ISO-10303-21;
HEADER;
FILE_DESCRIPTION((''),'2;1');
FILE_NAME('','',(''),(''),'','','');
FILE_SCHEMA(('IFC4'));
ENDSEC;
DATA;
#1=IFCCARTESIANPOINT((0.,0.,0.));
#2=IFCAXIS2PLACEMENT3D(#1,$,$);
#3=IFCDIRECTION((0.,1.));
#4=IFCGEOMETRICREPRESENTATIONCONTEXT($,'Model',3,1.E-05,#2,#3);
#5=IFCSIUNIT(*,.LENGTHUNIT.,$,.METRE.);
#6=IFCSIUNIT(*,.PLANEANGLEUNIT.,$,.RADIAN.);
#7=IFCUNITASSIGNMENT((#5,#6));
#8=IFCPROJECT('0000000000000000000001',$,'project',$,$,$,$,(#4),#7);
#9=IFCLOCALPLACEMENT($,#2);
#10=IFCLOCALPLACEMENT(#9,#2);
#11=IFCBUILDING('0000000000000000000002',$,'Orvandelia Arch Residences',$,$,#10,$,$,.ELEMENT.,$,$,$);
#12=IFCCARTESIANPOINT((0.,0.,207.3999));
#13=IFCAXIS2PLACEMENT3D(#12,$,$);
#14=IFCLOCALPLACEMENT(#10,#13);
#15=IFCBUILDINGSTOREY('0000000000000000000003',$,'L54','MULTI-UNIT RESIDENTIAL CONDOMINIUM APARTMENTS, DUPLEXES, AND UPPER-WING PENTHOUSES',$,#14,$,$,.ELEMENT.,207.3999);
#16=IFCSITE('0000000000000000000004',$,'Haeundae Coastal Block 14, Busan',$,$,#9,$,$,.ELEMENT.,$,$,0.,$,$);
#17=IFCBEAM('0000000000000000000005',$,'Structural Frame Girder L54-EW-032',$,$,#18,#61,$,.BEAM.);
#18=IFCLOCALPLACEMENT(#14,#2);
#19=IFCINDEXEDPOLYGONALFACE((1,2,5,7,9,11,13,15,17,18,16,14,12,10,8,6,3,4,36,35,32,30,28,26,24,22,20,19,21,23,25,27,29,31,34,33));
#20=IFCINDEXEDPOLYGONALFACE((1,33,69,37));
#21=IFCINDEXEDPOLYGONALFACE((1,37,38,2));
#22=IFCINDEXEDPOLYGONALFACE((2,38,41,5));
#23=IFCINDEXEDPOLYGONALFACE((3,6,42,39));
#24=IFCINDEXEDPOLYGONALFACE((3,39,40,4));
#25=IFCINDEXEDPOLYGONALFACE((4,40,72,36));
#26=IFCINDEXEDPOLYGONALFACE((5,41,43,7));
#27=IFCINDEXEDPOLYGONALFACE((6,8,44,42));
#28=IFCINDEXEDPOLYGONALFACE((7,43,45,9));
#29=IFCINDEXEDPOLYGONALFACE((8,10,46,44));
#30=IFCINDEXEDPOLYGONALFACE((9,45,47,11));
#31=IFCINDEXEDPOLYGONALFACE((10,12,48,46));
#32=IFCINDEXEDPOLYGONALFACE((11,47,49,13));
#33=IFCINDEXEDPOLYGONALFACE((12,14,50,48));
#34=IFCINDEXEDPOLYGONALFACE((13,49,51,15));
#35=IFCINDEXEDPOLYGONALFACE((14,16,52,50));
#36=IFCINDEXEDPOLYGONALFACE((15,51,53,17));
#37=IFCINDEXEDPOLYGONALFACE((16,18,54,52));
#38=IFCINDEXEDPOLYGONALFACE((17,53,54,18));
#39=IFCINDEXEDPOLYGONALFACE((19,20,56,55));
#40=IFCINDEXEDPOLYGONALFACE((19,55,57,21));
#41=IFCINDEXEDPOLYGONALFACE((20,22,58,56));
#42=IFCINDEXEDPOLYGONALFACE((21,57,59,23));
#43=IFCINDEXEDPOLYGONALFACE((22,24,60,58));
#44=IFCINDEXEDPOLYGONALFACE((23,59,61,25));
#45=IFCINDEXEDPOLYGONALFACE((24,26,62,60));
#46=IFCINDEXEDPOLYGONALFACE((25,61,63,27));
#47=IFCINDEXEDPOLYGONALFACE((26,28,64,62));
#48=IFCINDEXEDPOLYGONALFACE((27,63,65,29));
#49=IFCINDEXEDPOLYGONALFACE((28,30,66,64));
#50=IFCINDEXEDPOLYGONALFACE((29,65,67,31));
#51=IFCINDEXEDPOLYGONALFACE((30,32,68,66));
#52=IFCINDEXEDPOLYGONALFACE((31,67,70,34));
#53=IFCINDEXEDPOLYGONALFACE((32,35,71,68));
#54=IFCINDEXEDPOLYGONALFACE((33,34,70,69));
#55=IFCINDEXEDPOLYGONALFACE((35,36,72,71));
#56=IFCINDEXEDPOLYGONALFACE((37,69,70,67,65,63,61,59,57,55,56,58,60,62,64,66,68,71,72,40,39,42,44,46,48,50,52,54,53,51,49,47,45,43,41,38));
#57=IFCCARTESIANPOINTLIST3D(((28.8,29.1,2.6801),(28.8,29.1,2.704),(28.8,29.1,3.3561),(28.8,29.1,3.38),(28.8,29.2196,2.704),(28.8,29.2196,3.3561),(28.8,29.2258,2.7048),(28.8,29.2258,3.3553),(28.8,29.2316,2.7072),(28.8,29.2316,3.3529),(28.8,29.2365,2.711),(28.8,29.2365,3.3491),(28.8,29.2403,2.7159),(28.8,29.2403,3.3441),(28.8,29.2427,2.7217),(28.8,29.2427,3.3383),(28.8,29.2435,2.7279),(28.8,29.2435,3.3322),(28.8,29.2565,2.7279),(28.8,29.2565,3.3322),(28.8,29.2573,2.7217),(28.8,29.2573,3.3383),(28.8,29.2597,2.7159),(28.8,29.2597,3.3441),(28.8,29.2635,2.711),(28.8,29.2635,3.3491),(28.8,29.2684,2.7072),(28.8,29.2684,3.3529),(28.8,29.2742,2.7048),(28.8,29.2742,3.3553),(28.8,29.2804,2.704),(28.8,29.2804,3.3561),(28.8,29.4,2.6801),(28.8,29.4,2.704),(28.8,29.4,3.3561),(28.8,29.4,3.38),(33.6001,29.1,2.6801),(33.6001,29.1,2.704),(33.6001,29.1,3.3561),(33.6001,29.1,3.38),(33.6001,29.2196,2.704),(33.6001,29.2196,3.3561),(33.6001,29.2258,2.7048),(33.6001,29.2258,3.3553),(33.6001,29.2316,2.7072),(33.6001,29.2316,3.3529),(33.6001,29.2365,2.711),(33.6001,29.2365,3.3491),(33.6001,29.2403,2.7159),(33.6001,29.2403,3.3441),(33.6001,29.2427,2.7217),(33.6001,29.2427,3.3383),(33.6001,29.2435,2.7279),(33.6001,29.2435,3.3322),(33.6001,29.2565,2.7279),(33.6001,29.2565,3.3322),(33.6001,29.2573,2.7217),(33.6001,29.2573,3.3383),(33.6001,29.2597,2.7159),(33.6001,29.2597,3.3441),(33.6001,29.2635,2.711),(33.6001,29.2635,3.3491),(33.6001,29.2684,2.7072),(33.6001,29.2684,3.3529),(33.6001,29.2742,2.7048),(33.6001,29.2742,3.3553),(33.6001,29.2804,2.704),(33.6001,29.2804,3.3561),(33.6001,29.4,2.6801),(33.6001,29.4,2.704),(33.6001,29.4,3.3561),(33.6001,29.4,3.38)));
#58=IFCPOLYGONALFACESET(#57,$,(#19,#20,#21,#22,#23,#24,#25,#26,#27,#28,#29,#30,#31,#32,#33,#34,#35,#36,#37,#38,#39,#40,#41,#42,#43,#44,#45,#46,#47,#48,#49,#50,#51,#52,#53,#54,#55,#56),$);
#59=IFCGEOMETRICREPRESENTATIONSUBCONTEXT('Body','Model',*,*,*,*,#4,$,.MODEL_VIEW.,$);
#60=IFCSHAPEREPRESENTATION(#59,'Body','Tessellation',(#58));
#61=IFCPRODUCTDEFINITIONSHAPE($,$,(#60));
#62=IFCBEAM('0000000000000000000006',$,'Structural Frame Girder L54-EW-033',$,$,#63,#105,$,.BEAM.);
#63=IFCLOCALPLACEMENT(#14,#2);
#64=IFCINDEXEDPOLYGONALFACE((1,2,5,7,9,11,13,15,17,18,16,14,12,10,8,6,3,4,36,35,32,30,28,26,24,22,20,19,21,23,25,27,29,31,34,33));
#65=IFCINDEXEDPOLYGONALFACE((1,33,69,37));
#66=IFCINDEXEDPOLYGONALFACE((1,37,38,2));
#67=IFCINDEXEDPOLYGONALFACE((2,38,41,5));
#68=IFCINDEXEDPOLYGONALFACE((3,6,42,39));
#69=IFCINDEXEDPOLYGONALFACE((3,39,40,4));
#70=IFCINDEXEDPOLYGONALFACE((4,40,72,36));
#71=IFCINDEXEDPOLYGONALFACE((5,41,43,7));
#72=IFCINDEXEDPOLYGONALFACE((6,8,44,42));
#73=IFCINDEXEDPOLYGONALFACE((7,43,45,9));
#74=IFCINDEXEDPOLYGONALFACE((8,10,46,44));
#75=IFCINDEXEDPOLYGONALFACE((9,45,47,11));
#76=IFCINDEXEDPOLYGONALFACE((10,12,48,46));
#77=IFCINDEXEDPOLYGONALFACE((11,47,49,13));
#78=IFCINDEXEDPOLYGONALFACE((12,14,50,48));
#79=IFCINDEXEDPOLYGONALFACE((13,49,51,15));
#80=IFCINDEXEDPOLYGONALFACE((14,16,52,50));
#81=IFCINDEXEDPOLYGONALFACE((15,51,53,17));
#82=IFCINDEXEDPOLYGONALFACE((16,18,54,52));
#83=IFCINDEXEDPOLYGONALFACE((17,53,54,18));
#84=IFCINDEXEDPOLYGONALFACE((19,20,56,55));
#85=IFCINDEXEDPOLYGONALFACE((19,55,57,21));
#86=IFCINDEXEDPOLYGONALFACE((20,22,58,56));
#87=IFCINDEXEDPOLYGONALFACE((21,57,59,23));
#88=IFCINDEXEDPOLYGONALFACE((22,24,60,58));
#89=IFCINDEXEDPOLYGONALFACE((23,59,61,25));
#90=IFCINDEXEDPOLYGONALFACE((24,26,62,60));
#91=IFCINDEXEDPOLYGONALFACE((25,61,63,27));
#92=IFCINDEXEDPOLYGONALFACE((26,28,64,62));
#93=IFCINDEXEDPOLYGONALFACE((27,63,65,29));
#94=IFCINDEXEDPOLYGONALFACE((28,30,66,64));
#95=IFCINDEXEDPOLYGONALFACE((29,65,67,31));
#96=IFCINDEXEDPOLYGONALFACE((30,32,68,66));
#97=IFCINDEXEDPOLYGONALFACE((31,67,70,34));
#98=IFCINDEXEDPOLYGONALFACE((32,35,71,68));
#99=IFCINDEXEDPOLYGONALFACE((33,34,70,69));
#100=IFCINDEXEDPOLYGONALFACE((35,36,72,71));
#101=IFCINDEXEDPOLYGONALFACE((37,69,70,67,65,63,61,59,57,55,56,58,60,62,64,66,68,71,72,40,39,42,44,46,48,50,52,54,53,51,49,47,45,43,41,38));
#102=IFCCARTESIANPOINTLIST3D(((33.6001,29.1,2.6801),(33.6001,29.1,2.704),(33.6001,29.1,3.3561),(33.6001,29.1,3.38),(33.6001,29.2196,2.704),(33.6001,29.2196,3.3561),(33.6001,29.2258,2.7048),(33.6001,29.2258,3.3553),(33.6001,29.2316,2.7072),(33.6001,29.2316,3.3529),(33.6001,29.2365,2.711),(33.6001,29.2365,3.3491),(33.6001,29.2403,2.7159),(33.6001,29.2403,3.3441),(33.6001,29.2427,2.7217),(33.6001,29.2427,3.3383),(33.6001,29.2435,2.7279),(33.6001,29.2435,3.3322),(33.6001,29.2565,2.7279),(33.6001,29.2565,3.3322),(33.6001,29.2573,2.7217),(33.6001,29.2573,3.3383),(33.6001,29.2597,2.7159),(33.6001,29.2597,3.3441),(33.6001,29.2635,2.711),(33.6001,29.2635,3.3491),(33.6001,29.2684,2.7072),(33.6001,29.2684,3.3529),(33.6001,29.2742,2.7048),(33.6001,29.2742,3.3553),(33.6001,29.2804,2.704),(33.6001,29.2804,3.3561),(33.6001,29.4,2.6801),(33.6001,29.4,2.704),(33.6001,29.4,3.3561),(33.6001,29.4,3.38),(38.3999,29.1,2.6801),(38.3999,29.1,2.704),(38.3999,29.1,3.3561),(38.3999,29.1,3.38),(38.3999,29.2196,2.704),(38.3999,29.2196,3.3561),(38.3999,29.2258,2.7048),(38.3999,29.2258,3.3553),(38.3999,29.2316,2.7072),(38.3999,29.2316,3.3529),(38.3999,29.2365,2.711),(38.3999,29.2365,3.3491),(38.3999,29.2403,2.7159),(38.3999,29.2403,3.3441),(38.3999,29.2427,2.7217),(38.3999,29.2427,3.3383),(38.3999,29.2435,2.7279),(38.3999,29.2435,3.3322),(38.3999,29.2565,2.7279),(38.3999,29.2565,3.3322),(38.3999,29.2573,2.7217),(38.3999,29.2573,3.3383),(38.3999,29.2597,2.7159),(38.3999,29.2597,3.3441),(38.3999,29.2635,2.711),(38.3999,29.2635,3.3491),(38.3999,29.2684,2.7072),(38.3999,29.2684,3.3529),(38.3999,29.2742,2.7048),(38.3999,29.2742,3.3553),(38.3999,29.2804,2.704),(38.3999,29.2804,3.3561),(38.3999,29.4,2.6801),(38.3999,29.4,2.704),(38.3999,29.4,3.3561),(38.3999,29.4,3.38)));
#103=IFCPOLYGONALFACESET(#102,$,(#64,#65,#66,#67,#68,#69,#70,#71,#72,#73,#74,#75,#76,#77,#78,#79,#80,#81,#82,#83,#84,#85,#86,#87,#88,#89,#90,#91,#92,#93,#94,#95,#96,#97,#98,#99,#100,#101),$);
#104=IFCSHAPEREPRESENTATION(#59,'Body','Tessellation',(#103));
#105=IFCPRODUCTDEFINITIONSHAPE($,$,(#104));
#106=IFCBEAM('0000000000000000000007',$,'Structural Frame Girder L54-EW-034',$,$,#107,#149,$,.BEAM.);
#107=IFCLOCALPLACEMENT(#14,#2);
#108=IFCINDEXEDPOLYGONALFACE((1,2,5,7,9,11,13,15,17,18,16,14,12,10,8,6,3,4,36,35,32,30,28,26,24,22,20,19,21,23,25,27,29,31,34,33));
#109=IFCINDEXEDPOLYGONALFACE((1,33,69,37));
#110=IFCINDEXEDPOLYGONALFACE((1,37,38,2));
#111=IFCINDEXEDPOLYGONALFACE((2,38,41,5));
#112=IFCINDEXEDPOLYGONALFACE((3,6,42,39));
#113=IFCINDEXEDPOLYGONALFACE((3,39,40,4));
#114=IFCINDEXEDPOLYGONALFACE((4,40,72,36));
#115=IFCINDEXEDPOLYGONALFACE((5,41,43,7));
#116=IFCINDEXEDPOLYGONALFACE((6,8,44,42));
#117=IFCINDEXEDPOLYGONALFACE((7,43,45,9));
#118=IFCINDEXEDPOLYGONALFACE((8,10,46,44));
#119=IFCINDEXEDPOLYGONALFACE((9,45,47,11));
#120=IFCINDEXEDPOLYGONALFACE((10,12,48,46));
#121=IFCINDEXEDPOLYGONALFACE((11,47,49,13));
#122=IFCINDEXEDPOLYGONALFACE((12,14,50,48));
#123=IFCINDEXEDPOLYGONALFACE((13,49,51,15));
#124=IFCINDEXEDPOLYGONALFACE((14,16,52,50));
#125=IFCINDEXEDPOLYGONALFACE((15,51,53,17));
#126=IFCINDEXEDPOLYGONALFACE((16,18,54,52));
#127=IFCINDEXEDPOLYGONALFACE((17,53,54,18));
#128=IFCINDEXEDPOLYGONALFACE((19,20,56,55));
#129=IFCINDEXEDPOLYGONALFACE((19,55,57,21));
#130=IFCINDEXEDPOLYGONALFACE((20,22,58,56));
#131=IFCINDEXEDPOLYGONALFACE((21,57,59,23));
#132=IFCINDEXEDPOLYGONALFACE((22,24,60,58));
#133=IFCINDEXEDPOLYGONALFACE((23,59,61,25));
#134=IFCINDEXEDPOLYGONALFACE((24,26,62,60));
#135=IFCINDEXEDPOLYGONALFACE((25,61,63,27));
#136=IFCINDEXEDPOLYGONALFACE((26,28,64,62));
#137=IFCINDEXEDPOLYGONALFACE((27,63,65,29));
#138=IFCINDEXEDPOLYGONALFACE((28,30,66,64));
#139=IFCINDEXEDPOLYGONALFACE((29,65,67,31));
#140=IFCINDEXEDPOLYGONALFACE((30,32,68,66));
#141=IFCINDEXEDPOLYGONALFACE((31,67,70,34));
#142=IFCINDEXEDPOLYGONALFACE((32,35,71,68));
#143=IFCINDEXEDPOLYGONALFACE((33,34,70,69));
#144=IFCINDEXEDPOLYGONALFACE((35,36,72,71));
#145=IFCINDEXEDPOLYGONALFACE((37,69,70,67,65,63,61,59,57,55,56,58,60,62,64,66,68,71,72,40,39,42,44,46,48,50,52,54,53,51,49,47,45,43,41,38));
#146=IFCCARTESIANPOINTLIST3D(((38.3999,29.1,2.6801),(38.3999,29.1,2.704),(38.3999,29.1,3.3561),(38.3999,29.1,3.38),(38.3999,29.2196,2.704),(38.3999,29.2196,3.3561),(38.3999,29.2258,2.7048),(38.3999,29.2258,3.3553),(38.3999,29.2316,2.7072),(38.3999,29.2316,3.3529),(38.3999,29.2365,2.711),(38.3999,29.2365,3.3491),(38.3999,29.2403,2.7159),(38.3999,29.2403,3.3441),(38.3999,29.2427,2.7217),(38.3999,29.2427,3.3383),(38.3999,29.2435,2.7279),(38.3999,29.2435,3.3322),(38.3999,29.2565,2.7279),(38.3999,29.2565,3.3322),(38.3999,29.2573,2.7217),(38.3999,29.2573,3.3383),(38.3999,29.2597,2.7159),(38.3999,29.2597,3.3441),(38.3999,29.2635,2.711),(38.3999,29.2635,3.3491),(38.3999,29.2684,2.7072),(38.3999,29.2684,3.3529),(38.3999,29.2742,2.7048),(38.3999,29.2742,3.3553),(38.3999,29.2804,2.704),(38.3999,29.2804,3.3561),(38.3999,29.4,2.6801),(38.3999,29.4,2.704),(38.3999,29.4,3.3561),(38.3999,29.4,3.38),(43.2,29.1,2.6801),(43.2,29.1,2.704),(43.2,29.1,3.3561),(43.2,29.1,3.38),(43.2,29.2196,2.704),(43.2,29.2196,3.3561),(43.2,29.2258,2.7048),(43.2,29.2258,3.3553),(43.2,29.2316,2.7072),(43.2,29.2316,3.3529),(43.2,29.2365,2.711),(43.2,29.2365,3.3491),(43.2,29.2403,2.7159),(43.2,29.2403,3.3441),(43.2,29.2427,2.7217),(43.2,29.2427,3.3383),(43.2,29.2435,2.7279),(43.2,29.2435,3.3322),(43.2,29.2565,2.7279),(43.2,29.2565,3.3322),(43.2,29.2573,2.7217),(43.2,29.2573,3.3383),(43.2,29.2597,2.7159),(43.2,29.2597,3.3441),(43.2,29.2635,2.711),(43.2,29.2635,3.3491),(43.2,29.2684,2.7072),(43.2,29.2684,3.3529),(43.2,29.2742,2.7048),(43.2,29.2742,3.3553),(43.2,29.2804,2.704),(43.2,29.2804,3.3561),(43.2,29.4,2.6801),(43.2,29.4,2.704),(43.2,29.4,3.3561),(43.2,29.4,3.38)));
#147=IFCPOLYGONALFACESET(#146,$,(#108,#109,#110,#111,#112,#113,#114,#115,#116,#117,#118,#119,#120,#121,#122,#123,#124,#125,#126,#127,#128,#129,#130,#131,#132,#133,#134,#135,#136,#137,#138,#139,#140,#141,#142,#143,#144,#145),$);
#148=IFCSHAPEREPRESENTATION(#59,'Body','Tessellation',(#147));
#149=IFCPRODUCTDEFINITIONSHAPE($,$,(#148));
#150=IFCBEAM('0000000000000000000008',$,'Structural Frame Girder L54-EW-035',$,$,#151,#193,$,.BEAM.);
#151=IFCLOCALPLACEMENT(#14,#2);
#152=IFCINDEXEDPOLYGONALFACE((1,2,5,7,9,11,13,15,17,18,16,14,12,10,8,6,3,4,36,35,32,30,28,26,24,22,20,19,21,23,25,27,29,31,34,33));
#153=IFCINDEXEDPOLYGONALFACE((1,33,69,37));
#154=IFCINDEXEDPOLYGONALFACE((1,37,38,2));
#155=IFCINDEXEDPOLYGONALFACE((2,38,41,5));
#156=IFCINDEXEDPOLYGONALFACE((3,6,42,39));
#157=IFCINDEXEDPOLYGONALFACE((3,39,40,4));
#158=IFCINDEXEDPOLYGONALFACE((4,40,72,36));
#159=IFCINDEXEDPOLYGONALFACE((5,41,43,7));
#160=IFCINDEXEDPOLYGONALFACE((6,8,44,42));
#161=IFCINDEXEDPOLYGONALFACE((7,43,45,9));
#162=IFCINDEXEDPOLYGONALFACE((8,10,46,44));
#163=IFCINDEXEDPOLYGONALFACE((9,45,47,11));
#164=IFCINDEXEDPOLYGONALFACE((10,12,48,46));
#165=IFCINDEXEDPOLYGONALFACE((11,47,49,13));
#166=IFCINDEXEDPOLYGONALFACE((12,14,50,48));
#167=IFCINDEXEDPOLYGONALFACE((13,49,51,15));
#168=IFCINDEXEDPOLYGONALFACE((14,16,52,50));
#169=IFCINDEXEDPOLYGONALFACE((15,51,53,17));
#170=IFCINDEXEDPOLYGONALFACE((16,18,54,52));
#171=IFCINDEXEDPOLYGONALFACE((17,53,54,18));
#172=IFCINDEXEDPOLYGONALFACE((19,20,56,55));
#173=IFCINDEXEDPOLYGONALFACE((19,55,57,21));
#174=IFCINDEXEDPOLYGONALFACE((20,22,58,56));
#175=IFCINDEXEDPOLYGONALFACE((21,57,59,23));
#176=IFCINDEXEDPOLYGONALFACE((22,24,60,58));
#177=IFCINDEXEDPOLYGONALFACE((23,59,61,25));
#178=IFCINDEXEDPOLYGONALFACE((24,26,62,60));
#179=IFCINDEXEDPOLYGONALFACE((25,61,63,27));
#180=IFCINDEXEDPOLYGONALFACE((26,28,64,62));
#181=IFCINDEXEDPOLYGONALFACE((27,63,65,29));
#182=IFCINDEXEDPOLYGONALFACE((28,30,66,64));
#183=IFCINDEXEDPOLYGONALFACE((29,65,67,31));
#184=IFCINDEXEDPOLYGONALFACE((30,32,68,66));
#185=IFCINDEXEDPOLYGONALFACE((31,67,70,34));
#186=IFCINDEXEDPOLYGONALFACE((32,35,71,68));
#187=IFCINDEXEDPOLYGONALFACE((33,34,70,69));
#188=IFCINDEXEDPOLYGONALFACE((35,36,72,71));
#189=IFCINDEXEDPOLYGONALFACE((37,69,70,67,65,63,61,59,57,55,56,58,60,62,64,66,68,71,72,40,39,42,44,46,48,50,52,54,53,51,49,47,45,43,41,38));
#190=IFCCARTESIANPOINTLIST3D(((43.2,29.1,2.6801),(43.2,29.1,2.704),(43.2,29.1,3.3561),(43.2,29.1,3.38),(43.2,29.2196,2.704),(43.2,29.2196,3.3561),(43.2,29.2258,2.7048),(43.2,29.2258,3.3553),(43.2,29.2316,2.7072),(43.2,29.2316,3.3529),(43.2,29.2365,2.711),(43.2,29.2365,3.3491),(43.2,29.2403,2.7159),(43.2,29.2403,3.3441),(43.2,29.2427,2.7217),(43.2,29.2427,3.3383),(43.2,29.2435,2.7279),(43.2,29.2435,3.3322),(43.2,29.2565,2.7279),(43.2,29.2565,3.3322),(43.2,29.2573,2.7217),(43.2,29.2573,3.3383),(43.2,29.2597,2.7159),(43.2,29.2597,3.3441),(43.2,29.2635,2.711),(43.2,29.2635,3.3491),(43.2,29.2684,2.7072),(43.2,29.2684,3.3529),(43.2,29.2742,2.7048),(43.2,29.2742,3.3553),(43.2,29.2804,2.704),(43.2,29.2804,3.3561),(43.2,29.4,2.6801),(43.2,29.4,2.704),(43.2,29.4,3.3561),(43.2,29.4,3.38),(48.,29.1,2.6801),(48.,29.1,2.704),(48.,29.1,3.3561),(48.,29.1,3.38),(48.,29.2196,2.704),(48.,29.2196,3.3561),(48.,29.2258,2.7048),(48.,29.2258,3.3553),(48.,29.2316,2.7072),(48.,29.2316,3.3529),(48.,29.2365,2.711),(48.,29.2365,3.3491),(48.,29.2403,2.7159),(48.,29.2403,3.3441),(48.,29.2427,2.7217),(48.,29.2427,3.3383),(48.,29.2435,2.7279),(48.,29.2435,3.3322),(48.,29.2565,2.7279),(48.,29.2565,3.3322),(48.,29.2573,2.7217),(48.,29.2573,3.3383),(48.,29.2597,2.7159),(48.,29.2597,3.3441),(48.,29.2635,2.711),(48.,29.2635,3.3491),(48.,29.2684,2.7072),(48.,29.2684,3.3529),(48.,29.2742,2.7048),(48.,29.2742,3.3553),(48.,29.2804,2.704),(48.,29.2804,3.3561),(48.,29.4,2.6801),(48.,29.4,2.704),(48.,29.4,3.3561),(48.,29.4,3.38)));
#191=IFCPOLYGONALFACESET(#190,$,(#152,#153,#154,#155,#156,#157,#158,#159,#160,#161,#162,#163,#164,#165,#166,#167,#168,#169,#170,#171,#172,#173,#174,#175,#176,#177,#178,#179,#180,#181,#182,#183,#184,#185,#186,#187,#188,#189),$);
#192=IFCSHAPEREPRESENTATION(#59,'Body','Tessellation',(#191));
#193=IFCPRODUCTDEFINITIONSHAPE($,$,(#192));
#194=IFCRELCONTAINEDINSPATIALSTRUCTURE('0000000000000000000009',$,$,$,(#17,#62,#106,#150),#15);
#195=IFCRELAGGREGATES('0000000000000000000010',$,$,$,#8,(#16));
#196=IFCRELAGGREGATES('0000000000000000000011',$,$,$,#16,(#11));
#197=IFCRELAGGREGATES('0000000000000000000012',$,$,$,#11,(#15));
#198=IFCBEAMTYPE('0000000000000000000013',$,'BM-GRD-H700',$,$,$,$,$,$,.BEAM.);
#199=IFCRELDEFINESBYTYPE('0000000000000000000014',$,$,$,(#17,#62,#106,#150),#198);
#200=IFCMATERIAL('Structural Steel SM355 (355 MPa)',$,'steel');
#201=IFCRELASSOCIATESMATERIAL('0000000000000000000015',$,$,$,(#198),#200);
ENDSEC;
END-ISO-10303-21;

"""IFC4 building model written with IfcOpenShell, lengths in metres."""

from ifc_helpers import new_model, si_unit, direction, frame, origin, origin_2d, place, context, subcontext, project, spatial, i_section, extrude, material, material_profile, profile_set, type_object, element, save


model = new_model("IFC4")

# Units and contexts
model_context = context("Model", 3, precision=1e-05, world=origin(), true_north=direction((0.0, 1.0)))
body_context = subcontext(model_context, "Body", "Model", "MODEL_VIEW")
ifc_project = project(units=[si_unit("LENGTHUNIT", "METRE"), si_unit("PLANEANGLEUNIT", "RADIAN")], contexts=[model_context])

# Site, building, storey
site_placement = place(None, origin())
site = spatial("IfcSite", under=ifc_project, at=site_placement, Name="Haeundae Coastal Block 14, Busan", CompositionType="ELEMENT", RefElevation=0.0)
building_placement = place(site_placement, origin())
building = spatial("IfcBuilding", under=site, at=building_placement, Name="Orvandelia Arch Residences", CompositionType="ELEMENT")
storey_placement = place(building_placement, frame((0.0, 0.0, 207.3999)))
storey = spatial("IfcBuildingStorey", under=building, at=storey_placement, Name="L54", Description="MULTI-UNIT RESIDENTIAL CONDOMINIUM APARTMENTS, DUPLEXES, AND UPPER-WING PENTHOUSES", CompositionType="ELEMENT", Elevation=207.3999)

# Beams
ifc_material_1 = material(Name="Structural Steel SM355 (355 MPa)", Category="steel")
ifc_material_profile_1 = material_profile(ifc_material_1, i_section(OverallWidth=0.3, OverallDepth=0.7, WebThickness=0.0129, FlangeThickness=0.0239, FilletRadius=0.0239, at=origin_2d()), Name="Structural Steel SM355 (355 MPa)", Category="steel")
ifc_profile_set_1 = profile_set([ifc_material_profile_1], Name="Structural Steel SM355 (355 MPa)")
beam_type = type_object("IfcBeamType", Name="BM-GRD-H700", PredefinedType="BEAM", material=ifc_profile_set_1)
beam_1_placement = place(storey_placement, frame((28.8, 29.25, 3.03), z_axis=(1.0, 0.0, 0.0), x_axis=(0.0, 1.0, 0.0)))
element("IfcBeam", 1, at=beam_1_placement, inside=storey, type_object=beam_type, Name="Structural Frame Girder L54-EW-032", PredefinedType="BEAM", context=body_context, shape_type="SweptSolid", body=[
    extrude(i_section(OverallWidth=0.3, OverallDepth=0.7, WebThickness=0.0129, FlangeThickness=0.0239, FilletRadius=0.0239, at=origin_2d()), origin(), (0.0, 0.0, 1.0), 4.8),
])
beam_2_placement = place(storey_placement, frame((33.6001, 29.25, 3.03), z_axis=(1.0, 0.0, 0.0), x_axis=(0.0, 1.0, 0.0)))
element("IfcBeam", 2, at=beam_2_placement, inside=storey, type_object=beam_type, Name="Structural Frame Girder L54-EW-033", PredefinedType="BEAM", context=body_context, shape_type="SweptSolid", body=[
    extrude(i_section(OverallWidth=0.3, OverallDepth=0.7, WebThickness=0.0129, FlangeThickness=0.0239, FilletRadius=0.0239, at=origin_2d()), origin(), (0.0, 0.0, 1.0), 4.7998),
])
for number, where, z_axis, x_axis, name in (
    (3, (38.3999, 29.25, 3.03), (1.0, 0.0, 0.0), (0.0, 1.0, 0.0), "Structural Frame Girder L54-EW-034"),
    (4, (43.2, 29.25, 3.03), (1.0, 0.0, 0.0), (0.0, 1.0, 0.0), "Structural Frame Girder L54-EW-035"),
):
    element("IfcBeam", number, at=place(storey_placement, frame(where, z_axis=z_axis, x_axis=x_axis)), inside=storey, type_object=beam_type, Name=name, PredefinedType="BEAM", context=body_context, shape_type="SweptSolid", body=[
        extrude(i_section(OverallWidth=0.3, OverallDepth=0.7, WebThickness=0.0129, FlangeThickness=0.0239, FilletRadius=0.0239, at=origin_2d()), origin(), (0.0, 0.0, 1.0), 4.8),
    ])

save(model, "model.ifc")
